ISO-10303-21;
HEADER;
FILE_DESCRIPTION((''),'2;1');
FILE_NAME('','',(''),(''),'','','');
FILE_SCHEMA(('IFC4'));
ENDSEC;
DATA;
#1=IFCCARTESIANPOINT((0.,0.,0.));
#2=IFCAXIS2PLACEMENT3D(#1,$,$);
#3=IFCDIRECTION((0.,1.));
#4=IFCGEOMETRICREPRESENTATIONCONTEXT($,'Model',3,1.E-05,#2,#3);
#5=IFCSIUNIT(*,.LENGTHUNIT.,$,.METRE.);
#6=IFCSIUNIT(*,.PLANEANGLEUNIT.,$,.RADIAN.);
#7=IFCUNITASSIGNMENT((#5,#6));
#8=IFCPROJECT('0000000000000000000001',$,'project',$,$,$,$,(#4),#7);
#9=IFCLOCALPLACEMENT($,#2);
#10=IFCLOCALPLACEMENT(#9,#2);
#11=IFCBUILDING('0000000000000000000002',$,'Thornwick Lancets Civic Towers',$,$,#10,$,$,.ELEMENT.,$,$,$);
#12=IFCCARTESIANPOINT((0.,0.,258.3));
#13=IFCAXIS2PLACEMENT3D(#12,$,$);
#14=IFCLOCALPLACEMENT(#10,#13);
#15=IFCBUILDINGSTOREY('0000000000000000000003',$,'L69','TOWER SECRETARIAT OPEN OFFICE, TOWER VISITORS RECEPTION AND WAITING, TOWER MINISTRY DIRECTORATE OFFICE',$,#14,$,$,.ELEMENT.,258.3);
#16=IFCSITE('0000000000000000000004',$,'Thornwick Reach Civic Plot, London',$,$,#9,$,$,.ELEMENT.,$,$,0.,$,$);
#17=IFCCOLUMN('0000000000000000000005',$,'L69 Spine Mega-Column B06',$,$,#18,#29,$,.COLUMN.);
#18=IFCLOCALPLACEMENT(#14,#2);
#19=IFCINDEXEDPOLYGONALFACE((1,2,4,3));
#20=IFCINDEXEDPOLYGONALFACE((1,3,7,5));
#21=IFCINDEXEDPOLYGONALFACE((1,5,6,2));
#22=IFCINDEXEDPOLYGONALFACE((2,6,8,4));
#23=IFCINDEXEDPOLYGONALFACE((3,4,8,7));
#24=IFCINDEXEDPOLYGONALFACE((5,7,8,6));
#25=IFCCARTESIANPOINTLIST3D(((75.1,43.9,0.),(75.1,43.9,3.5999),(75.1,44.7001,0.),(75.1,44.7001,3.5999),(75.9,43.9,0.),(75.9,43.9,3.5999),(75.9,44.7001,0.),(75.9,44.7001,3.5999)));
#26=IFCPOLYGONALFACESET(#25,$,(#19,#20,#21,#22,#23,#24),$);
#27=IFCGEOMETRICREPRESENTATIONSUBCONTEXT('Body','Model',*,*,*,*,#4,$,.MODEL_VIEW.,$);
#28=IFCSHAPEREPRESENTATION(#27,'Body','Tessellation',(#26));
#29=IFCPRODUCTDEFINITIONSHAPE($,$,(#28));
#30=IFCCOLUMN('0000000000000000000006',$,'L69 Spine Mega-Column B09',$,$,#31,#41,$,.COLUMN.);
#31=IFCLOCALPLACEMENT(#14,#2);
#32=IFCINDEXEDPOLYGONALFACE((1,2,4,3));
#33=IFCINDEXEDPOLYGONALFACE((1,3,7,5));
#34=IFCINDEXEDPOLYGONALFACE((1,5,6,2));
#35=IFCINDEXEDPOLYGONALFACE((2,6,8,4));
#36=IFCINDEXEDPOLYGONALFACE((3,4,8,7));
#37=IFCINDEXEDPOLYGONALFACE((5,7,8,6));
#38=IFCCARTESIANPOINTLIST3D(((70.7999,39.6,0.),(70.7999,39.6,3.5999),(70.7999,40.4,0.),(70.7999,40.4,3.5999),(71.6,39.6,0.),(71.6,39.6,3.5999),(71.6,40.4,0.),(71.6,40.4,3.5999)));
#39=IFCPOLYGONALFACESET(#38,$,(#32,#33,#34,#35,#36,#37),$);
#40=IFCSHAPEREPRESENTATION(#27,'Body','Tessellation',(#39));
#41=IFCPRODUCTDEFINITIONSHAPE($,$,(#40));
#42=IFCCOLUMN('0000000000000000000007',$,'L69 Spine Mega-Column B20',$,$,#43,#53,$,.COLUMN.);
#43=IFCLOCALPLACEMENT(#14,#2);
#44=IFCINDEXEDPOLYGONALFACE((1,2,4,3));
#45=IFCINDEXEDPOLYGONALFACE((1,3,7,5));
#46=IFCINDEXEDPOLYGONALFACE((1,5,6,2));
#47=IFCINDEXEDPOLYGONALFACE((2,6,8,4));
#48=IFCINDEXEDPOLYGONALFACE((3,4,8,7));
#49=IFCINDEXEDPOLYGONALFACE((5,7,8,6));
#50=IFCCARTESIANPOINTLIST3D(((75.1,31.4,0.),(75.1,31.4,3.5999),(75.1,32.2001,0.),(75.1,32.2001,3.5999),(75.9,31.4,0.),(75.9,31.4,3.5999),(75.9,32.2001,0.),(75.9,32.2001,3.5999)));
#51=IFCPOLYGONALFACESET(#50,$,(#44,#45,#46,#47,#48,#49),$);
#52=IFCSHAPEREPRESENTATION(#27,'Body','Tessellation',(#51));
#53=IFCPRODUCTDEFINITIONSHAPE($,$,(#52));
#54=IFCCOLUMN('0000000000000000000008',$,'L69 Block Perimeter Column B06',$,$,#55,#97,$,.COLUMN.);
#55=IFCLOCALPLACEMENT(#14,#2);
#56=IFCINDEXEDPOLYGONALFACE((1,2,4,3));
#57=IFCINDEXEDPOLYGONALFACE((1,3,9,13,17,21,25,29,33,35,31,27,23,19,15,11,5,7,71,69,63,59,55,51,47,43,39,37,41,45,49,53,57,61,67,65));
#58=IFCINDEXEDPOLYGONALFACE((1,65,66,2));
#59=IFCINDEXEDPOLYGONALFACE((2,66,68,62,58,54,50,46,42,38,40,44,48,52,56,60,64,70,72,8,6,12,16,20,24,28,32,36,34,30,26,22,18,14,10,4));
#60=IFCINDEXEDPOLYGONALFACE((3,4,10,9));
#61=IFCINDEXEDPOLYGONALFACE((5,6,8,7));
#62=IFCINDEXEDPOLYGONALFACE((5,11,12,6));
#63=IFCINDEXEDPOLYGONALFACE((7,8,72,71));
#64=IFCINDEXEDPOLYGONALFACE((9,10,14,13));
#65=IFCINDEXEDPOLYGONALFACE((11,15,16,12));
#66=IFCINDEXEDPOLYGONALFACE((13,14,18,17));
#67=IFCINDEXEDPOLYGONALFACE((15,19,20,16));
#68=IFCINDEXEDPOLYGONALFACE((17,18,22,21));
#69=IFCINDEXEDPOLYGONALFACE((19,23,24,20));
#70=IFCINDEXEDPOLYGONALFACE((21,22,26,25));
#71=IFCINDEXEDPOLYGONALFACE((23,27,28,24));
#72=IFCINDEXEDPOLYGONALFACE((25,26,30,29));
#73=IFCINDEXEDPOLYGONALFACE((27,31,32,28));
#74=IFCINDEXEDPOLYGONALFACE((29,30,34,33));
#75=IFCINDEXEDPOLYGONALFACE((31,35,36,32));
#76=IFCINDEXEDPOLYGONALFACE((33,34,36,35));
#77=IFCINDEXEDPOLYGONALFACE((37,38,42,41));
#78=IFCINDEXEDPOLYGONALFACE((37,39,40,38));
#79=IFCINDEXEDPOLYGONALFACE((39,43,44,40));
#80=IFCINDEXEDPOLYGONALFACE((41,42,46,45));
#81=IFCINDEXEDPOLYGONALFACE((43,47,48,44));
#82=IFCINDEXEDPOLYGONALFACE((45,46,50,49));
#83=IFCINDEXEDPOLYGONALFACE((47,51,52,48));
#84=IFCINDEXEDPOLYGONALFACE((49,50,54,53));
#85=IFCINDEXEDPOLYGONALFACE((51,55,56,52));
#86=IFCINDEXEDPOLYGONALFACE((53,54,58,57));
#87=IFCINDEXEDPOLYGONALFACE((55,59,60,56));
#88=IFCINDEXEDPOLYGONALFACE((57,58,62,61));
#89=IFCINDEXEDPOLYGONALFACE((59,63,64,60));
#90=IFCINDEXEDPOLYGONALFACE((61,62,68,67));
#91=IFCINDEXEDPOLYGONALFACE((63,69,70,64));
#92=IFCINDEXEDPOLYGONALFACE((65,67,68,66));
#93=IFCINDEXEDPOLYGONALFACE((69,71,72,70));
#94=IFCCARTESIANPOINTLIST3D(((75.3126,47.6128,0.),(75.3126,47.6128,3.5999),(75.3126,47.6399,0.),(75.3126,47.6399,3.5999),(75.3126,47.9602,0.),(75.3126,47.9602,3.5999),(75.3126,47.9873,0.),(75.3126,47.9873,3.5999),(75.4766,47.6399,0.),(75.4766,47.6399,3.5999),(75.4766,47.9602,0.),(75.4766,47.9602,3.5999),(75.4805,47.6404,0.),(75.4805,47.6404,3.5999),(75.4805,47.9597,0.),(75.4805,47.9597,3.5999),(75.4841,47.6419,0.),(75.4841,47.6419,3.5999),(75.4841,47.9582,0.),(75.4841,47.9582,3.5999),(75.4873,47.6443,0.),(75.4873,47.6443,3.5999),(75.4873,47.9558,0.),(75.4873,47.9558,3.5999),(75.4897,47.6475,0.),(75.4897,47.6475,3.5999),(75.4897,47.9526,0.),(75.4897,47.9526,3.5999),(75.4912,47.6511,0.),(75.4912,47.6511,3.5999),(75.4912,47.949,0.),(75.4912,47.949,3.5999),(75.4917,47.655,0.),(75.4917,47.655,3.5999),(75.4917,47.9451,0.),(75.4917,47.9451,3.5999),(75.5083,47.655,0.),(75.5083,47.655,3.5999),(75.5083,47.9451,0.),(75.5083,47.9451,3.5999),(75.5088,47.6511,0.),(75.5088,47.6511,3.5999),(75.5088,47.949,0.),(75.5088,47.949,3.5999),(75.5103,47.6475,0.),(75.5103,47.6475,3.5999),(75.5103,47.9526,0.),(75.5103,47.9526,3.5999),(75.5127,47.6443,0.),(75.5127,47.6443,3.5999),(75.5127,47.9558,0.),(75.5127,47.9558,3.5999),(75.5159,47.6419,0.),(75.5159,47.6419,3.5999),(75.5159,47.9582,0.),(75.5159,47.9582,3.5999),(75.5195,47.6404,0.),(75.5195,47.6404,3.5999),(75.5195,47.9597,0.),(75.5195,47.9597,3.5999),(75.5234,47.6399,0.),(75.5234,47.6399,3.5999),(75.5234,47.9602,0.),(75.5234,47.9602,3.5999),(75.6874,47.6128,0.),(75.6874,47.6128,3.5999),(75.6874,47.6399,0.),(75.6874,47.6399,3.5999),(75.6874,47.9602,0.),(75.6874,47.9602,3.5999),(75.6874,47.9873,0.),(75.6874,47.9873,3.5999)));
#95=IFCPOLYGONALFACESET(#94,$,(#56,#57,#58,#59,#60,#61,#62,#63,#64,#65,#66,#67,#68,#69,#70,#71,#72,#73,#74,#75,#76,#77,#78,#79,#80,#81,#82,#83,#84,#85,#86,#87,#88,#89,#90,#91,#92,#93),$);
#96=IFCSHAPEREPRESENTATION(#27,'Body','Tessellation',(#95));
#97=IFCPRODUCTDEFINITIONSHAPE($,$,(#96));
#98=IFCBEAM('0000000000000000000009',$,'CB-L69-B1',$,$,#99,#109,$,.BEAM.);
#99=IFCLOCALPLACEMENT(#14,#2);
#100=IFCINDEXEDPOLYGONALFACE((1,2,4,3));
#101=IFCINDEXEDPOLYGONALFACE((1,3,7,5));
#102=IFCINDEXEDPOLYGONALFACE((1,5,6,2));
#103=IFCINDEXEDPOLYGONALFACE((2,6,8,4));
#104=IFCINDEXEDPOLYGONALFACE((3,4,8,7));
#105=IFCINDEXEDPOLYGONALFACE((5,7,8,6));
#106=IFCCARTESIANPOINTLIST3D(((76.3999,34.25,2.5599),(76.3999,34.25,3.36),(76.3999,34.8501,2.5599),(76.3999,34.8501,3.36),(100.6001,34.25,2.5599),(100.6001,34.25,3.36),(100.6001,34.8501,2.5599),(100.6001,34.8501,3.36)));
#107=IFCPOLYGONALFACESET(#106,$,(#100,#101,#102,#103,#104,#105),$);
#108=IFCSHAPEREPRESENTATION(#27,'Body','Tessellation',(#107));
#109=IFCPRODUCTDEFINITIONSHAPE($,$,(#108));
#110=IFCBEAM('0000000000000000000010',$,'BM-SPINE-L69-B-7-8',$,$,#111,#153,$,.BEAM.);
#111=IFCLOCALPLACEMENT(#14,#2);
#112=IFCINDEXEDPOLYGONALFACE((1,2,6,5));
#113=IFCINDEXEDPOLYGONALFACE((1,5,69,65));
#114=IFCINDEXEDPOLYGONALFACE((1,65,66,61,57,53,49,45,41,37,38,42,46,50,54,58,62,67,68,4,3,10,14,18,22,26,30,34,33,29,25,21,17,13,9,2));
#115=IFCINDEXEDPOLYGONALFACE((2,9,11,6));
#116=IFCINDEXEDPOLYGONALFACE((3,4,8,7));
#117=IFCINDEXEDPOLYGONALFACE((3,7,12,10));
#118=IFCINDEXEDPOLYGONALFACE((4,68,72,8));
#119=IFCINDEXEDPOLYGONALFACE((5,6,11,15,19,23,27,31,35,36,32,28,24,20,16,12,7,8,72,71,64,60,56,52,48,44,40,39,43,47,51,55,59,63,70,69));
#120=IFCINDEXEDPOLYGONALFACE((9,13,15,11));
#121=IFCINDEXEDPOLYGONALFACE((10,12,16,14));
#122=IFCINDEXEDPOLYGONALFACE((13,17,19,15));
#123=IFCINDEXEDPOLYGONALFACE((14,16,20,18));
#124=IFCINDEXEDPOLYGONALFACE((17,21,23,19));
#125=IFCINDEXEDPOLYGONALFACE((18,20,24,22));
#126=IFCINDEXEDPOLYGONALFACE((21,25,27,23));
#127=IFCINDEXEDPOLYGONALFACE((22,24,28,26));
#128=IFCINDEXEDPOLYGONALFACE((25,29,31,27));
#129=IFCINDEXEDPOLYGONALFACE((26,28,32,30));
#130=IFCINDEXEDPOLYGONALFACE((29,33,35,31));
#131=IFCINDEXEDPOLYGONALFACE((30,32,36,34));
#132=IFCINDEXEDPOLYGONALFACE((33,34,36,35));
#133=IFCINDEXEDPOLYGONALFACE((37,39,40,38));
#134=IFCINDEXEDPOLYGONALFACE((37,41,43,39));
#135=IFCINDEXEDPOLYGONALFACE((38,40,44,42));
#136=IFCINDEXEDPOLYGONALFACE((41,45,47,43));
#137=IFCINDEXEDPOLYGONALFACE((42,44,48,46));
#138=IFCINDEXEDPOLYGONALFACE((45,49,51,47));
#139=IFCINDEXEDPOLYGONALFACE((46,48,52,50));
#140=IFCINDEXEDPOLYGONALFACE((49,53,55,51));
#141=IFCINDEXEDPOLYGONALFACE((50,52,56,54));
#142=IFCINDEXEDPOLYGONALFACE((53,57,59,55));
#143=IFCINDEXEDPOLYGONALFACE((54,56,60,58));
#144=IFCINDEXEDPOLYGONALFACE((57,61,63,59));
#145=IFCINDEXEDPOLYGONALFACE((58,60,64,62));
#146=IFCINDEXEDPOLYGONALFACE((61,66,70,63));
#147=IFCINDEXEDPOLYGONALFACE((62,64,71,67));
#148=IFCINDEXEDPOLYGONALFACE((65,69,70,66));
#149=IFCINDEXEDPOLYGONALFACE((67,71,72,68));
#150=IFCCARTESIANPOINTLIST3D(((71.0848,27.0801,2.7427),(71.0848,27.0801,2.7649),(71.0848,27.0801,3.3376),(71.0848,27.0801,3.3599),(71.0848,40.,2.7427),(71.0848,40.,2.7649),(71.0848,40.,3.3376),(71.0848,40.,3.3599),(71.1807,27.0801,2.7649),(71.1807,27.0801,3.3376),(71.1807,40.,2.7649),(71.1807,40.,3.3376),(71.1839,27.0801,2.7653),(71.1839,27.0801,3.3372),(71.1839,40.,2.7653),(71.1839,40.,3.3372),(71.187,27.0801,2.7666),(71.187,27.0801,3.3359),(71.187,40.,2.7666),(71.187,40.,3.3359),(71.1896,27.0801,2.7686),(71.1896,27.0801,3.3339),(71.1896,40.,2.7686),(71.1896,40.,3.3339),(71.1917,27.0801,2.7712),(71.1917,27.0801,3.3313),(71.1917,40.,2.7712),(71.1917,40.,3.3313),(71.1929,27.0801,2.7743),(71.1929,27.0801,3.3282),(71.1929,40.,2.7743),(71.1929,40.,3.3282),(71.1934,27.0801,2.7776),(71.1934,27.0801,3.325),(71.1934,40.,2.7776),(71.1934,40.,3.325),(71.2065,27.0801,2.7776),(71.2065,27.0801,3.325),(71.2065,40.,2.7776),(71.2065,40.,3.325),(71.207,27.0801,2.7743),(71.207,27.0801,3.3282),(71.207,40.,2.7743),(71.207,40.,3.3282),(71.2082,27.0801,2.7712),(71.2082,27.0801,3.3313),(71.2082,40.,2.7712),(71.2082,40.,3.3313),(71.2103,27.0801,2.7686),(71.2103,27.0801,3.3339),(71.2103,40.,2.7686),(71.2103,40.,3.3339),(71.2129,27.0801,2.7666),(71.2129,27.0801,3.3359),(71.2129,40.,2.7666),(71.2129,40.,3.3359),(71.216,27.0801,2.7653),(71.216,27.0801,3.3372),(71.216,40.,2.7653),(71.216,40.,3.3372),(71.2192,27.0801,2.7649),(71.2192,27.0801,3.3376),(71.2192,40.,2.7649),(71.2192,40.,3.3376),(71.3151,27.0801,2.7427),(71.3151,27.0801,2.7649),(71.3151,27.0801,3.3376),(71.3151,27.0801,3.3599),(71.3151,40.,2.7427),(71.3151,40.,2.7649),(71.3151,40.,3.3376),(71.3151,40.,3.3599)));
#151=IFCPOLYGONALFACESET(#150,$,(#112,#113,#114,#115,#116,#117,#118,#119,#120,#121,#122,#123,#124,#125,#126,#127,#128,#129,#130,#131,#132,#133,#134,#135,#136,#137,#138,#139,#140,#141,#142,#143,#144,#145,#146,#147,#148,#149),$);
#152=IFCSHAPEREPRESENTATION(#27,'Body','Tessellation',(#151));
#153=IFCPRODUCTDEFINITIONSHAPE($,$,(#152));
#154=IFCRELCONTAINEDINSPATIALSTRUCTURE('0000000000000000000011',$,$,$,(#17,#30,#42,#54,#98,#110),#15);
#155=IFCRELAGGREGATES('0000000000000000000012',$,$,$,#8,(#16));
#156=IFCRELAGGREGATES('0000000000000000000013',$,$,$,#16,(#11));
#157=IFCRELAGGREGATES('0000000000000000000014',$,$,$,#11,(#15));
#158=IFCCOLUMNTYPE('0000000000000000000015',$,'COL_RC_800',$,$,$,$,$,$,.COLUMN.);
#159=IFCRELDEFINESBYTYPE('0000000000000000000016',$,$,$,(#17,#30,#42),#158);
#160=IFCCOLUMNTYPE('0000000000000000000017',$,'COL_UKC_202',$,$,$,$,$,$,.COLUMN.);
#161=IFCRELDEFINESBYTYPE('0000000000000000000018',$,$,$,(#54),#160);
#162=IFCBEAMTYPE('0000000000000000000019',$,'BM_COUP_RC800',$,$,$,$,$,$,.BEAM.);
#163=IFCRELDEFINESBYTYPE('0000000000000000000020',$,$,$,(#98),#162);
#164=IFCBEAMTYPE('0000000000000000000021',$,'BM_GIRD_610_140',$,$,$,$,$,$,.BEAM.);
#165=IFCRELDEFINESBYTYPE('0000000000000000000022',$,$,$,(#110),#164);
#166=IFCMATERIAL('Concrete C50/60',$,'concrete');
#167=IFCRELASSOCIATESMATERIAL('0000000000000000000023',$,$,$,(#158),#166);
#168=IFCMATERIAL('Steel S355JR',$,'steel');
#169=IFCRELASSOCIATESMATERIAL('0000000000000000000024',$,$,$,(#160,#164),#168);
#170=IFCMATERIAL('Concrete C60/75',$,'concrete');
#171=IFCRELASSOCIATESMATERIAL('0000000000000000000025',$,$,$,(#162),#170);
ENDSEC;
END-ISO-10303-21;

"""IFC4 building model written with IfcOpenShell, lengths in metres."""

from ifc_helpers import new_model, si_unit, direction, frame, origin, origin_2d, place, context, subcontext, project, spatial, rectangle, i_section, extrude, material, material_profile, profile_set, type_object, element, save


model = new_model("IFC4")

# Units and contexts
model_context = context("Model", 3, precision=1e-05, world=origin(), true_north=direction((0.0, 1.0)))
body_context = subcontext(model_context, "Body", "Model", "MODEL_VIEW")
ifc_project = project(units=[si_unit("LENGTHUNIT", "METRE"), si_unit("PLANEANGLEUNIT", "RADIAN")], contexts=[model_context])

# Site, building, storey
site_placement = place(None, origin())
site = spatial("IfcSite", under=ifc_project, at=site_placement, Name="Thornwick Reach Civic Plot, London", CompositionType="ELEMENT", RefElevation=0.0)
building_placement = place(site_placement, origin())
building = spatial("IfcBuilding", under=site, at=building_placement, Name="Thornwick Lancets Civic Towers", CompositionType="ELEMENT")
storey_placement = place(building_placement, frame((0.0, 0.0, 258.3)))
storey = spatial("IfcBuildingStorey", under=building, at=storey_placement, Name="L69", Description="TOWER SECRETARIAT OPEN OFFICE, TOWER VISITORS RECEPTION AND WAITING, TOWER MINISTRY DIRECTORATE OFFICE", CompositionType="ELEMENT", Elevation=258.3)

# Columns
ifc_material_1 = material(Name="Concrete C50/60", Category="concrete")
ifc_material_profile_1 = material_profile(ifc_material_1, rectangle(XDim=0.8, YDim=0.8, at=origin_2d()), Name="RC 800x800")
ifc_profile_set_1 = profile_set([ifc_material_profile_1], Name="Concrete C50/60")
column_type_1 = type_object("IfcColumnType", Name="COL_RC_800", PredefinedType="COLUMN", material=ifc_profile_set_1)
for number, where, z_axis, x_axis, name in (
    (1, (75.5, 44.3, 0.0), (0.0, 0.0, 1.0), (1.0, 0.0, 0.0), "L69 Spine Mega-Column B06"),
    (2, (71.2, 40.0, 0.0), (0.0, 0.0, 1.0), (1.0, 0.0, 0.0), "L69 Spine Mega-Column B09"),
    (3, (75.5, 31.8, 0.0), (0.0, 0.0, 1.0), (1.0, 0.0, 0.0), "L69 Spine Mega-Column B20"),
):
    element("IfcColumn", number, at=place(storey_placement, frame(where, z_axis=z_axis, x_axis=x_axis)), inside=storey, type_object=column_type_1, Name=name, PredefinedType="COLUMN", context=body_context, shape_type="SweptSolid", body=[
        extrude(rectangle(XDim=0.8, YDim=0.8, at=origin_2d()), origin(), (0.0, 0.0, 1.0), 3.5999),
    ])
ifc_material_2 = material(Name="Steel S355JR", Category="steel")
ifc_material_profile_2 = material_profile(ifc_material_2, i_section(OverallWidth=0.3748, OverallDepth=0.3745, WebThickness=0.0166, FlangeThickness=0.0271, FilletRadius=0.0151, at=origin_2d()), Name="UKC 356x368x202")
ifc_profile_set_2 = profile_set([ifc_material_profile_2], Name="Steel S355JR")
column_type_2 = type_object("IfcColumnType", Name="COL_UKC_202", PredefinedType="COLUMN", material=ifc_profile_set_2)
column_placement = place(storey_placement, frame((75.5, 47.8, 0.0), z_axis=(0.0, 0.0, 1.0), x_axis=(1.0, 0.0, 0.0)))
element("IfcColumn", 4, at=column_placement, inside=storey, type_object=column_type_2, Name="L69 Block Perimeter Column B06", PredefinedType="COLUMN", context=body_context, shape_type="SweptSolid", body=[
    extrude(i_section(OverallWidth=0.3748, OverallDepth=0.3745, WebThickness=0.0166, FlangeThickness=0.0271, FilletRadius=0.0151, at=origin_2d()), origin(), (0.0, 0.0, 1.0), 3.5999),
])

# Beams
ifc_material_3 = material(Name="Concrete C60/75", Category="concrete")
ifc_material_profile_3 = material_profile(ifc_material_3, rectangle(XDim=0.6001, YDim=0.8, at=origin_2d()), Name="RC 600x800")
ifc_profile_set_3 = profile_set([ifc_material_profile_3], Name="Concrete C60/75")
beam_type_1 = type_object("IfcBeamType", Name="BM_COUP_RC800", PredefinedType="BEAM", material=ifc_profile_set_3)
beam_1_placement = place(storey_placement, frame((76.3999, 34.55, 2.96), z_axis=(1.0, 0.0, 0.0), x_axis=(0.0, 1.0, 0.0)))
element("IfcBeam", 5, at=beam_1_placement, inside=storey, type_object=beam_type_1, Name="CB-L69-B1", PredefinedType="BEAM", context=body_context, shape_type="SweptSolid", body=[
    extrude(rectangle(XDim=0.6001, YDim=0.8, at=origin_2d()), origin(), (0.0, 0.0, 1.0), 24.2002),
])
ifc_material_profile_4 = material_profile(ifc_material_2, i_section(OverallWidth=0.2302, OverallDepth=0.6172, WebThickness=0.0132, FlangeThickness=0.0222, FilletRadius=0.0127, at=origin_2d()), Name="UKB 610x229x140")
ifc_profile_set_4 = profile_set([ifc_material_profile_4], Name="Steel S355JR")
beam_type_2 = type_object("IfcBeamType", Name="BM_GIRD_610_140", PredefinedType="BEAM", material=ifc_profile_set_4)
beam_2_placement = place(storey_placement, frame((71.2, 27.0801, 3.0513), z_axis=(0.0, 1.0, 0.0), x_axis=(-1.0, 0.0, 0.0)))
element("IfcBeam", 6, at=beam_2_placement, inside=storey, type_object=beam_type_2, Name="BM-SPINE-L69-B-7-8", PredefinedType="BEAM", context=body_context, shape_type="SweptSolid", body=[
    extrude(i_section(OverallWidth=0.2302, OverallDepth=0.6172, WebThickness=0.0132, FlangeThickness=0.0222, FilletRadius=0.0127, at=origin_2d()), origin(), (0.0, 0.0, 1.0), 12.9199),
])

save(model, "model.ifc")
